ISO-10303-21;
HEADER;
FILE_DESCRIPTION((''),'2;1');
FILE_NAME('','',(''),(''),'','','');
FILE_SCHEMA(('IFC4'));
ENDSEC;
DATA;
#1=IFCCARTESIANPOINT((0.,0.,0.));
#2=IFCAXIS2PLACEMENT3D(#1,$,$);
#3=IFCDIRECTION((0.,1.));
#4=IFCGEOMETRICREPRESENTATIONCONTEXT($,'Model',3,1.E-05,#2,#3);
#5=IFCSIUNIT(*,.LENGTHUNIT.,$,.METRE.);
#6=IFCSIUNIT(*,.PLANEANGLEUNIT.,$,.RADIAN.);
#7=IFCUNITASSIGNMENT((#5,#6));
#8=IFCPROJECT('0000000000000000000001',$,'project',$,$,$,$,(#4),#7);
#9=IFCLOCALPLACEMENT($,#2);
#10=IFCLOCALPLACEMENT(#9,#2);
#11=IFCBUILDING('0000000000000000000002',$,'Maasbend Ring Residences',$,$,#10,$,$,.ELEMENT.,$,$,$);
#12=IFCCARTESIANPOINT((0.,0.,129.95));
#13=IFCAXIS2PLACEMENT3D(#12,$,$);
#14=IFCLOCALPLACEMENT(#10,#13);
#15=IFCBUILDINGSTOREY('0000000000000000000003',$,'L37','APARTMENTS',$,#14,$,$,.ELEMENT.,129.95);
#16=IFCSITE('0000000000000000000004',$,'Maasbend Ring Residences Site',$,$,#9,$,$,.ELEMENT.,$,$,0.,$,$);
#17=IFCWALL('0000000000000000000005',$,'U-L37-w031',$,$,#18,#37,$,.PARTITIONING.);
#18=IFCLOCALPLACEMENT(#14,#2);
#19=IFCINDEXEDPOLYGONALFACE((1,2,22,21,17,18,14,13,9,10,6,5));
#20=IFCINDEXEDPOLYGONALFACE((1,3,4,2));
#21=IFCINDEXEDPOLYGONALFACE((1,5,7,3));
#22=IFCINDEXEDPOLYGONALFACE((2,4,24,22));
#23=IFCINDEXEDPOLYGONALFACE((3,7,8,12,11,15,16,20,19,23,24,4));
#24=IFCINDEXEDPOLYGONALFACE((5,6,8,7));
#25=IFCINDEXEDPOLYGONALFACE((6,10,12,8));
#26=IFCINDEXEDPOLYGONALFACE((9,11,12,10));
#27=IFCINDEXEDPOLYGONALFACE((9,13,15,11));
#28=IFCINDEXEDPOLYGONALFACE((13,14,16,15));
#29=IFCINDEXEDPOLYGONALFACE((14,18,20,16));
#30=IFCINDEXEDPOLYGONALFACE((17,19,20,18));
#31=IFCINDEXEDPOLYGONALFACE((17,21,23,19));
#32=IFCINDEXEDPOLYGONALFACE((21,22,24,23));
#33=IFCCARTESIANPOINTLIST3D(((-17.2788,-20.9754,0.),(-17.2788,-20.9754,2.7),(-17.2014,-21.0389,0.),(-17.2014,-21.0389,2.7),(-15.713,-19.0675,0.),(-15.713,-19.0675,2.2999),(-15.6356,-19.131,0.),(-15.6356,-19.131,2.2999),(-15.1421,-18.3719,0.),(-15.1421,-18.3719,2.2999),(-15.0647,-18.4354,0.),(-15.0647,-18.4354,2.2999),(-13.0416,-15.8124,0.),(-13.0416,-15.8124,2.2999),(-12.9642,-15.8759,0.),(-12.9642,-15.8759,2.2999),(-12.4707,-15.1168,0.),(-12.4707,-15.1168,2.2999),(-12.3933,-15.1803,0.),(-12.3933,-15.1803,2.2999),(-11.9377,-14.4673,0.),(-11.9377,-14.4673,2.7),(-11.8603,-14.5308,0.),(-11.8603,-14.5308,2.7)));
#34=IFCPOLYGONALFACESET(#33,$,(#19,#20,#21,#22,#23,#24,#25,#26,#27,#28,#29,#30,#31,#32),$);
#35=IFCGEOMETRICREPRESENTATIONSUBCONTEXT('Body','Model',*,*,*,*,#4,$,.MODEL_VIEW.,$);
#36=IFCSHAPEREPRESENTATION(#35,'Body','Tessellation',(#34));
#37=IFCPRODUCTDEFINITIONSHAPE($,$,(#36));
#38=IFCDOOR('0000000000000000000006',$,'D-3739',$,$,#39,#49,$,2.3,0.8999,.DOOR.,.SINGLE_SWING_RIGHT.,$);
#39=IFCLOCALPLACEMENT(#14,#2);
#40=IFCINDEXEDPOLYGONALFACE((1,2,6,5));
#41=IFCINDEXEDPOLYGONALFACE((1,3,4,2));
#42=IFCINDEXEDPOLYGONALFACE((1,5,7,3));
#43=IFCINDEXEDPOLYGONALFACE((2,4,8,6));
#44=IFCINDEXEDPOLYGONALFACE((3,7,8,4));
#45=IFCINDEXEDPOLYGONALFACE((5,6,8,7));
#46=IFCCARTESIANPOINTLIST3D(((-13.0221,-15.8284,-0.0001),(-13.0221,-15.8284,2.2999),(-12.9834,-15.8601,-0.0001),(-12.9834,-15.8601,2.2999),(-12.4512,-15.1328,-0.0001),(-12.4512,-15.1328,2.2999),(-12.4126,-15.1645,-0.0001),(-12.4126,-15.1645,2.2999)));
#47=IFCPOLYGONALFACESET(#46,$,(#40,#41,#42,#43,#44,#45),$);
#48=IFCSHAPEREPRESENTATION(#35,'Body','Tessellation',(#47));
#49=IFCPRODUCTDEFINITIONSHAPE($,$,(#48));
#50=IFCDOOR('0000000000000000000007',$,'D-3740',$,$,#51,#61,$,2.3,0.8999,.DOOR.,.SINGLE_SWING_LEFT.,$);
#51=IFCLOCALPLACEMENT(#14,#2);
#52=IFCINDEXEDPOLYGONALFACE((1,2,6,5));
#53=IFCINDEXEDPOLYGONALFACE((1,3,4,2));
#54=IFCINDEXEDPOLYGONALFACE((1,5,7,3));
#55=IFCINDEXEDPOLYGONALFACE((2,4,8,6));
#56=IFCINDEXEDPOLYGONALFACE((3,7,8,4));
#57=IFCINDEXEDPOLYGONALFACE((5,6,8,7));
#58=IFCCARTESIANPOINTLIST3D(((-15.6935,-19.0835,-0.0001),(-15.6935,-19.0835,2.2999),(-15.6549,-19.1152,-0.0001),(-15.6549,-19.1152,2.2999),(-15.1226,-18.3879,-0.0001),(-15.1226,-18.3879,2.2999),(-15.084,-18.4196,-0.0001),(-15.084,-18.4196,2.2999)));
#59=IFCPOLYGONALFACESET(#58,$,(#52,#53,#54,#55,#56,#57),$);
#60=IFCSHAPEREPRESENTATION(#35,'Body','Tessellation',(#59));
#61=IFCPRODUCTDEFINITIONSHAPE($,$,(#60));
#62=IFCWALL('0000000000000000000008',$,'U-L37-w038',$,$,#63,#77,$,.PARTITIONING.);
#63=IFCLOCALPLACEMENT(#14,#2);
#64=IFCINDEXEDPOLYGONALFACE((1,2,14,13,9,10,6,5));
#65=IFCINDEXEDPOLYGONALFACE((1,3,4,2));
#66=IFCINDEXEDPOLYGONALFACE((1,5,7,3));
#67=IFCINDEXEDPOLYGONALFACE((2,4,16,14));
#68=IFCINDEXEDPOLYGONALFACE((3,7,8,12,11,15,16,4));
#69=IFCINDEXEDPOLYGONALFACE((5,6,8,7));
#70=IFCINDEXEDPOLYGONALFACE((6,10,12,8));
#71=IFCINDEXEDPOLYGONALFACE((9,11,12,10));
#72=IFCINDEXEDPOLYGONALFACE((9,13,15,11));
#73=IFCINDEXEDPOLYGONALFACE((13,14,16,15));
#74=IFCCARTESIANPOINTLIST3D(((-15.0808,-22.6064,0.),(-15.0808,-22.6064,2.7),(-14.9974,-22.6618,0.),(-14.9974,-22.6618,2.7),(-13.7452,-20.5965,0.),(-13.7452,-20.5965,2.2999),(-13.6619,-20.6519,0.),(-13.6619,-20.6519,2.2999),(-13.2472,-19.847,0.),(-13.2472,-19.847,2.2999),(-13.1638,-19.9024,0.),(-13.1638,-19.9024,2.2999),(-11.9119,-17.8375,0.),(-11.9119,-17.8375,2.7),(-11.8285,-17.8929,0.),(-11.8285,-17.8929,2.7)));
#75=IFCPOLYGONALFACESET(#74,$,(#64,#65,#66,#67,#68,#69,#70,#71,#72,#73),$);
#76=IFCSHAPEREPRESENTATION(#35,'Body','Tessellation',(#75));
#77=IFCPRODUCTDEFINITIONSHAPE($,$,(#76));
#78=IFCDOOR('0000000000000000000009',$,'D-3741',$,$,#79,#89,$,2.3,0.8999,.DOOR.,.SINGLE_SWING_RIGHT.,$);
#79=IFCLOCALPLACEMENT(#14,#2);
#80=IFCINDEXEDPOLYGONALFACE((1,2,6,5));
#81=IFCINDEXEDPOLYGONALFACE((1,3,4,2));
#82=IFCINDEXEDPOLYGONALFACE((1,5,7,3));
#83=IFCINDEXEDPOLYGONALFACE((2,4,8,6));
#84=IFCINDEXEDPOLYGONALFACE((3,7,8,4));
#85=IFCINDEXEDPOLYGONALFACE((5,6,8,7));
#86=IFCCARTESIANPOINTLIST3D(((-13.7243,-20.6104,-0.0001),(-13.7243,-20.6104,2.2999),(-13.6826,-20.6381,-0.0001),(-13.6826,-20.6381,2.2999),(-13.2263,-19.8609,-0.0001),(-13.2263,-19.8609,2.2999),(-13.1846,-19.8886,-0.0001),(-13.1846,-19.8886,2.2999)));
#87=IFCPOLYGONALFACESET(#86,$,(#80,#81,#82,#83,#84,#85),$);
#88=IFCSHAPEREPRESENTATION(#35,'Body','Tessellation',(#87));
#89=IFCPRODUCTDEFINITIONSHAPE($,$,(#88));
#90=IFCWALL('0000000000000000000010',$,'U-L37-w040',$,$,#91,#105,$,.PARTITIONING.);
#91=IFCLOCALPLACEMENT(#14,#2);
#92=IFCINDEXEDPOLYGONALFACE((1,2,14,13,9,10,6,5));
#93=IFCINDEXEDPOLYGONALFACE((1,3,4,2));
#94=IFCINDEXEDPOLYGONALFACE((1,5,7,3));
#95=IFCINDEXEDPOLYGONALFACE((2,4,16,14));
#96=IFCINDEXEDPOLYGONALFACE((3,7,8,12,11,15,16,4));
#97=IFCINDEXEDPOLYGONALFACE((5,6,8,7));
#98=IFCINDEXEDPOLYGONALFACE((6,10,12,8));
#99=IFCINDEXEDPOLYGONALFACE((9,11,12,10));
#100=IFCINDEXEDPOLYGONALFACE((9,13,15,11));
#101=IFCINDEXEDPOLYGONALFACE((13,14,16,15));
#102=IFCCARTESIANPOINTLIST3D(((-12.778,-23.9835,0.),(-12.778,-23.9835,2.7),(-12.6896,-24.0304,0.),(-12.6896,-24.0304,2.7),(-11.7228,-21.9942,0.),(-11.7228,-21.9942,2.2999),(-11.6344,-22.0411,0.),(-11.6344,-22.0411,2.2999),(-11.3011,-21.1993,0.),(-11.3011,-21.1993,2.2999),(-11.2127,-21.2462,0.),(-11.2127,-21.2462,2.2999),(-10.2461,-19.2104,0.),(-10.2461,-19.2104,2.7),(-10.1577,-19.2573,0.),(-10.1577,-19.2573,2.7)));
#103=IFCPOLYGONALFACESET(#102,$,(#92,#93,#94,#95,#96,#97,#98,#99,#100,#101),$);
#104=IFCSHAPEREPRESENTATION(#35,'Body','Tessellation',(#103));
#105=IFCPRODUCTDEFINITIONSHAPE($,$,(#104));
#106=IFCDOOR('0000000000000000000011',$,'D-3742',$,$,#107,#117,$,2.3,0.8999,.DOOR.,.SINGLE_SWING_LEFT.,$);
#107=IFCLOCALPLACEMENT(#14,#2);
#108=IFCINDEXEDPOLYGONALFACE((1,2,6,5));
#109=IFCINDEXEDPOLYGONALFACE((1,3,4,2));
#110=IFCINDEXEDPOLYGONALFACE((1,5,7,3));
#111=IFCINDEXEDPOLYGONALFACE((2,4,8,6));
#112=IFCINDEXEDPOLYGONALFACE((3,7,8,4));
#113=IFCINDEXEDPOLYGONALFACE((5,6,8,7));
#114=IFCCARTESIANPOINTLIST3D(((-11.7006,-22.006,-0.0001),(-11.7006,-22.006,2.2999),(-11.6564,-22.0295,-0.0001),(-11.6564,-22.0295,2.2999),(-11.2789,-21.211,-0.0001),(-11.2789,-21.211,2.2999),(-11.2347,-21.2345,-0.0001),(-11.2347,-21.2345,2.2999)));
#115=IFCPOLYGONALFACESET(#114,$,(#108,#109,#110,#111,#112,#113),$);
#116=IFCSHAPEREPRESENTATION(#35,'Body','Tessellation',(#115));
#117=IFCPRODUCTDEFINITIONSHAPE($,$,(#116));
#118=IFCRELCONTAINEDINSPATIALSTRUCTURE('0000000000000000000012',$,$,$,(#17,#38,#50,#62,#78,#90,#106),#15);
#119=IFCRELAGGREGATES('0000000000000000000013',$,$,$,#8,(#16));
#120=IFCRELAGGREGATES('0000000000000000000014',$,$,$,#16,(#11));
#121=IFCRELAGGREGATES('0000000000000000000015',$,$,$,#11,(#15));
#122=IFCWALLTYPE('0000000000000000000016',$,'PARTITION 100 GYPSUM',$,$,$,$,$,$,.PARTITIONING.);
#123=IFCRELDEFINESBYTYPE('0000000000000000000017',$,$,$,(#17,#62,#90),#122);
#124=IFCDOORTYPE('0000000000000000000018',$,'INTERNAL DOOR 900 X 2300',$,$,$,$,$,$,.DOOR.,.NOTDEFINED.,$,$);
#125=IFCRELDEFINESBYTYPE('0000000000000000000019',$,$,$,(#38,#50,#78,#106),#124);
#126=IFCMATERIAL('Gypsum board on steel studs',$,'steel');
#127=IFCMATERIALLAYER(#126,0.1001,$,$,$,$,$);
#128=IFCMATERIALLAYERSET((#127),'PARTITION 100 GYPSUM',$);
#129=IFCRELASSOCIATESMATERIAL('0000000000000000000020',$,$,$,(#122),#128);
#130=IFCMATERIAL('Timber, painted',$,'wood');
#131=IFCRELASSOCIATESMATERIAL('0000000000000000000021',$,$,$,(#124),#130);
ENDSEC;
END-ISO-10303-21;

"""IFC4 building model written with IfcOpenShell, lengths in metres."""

from ifc_helpers import new_model, si_unit, direction, frame, frame_2d, origin, place, context, subcontext, project, spatial, rectangle, extrude, material, layer, layer_set, type_object, element, fill, save


model = new_model("IFC4")

# Units and contexts
model_context = context("Model", 3, precision=1e-05, world=origin(), true_north=direction((0.0, 1.0)))
body_context = subcontext(model_context, "Body", "Model", "MODEL_VIEW")
ifc_project = project(units=[si_unit("LENGTHUNIT", "METRE"), si_unit("PLANEANGLEUNIT", "RADIAN")], contexts=[model_context])

# Site, building, storey
site_placement = place(None, origin())
site = spatial("IfcSite", under=ifc_project, at=site_placement, Name="Maasbend Ring Residences Site", CompositionType="ELEMENT", RefElevation=0.0)
building_placement = place(site_placement, origin())
building = spatial("IfcBuilding", under=site, at=building_placement, Name="Maasbend Ring Residences", CompositionType="ELEMENT")
storey_placement = place(building_placement, frame((0.0, 0.0, 129.95)))
storey = spatial("IfcBuildingStorey", under=building, at=storey_placement, Name="L37", Description="APARTMENTS", CompositionType="ELEMENT", Elevation=129.95)

# Wall, openings, doors
ifc_material_1 = material(Name="Gypsum board on steel studs", Category="steel")
ifc_layer_1 = layer(ifc_material_1, 0.1001)
ifc_layer_set_1 = layer_set([ifc_layer_1], Name="PARTITION 100 GYPSUM")
wall_type_1 = type_object("IfcWallType", Name="PARTITION 100 GYPSUM", PredefinedType="PARTITIONING", material=ifc_layer_set_1)
wall_1_placement = place(storey_placement, frame((-17.24, -21.0071, 0.0), z_axis=(0.0, 0.0, 1.0), x_axis=(0.634396, 0.773008, 0.0)))
wall_1 = element("IfcWall", 1, at=wall_1_placement, inside=storey, type_object=wall_type_1, Name="U-L37-w031", PredefinedType="PARTITIONING", context=body_context, shape_type="SweptSolid", body=[
    extrude(rectangle(XDim=8.4192, YDim=0.1001, at=frame_2d((4.2095, 0.0))), origin(), (0.0, 0.0, 1.0), 2.7),
])
opening_1_placement = place(wall_1_placement, frame((6.679, 0.0, 0.0)))
opening_1 = element("IfcOpeningElement", 2, at=opening_1_placement, cuts=wall_1, PredefinedType="OPENING", context=body_context, shape_type="SweptSolid", body=[
    extrude(rectangle(XDim=0.8999, YDim=2.3, at=frame_2d((0.45, 1.1499))), frame((0.0, 0.0601, 0.0), z_axis=(0.0, -1.0, 0.0), x_axis=(1.0, 0.0, 0.0)), (0.0, 0.0, 1.0), 0.1201),
])
opening_2_placement = place(wall_1_placement, frame((2.468, 0.0, 0.0)))
opening_2 = element("IfcOpeningElement", 3, at=opening_2_placement, cuts=wall_1, PredefinedType="OPENING", context=body_context, shape_type="SweptSolid", body=[
    extrude(rectangle(XDim=0.8999, YDim=2.3, at=frame_2d((0.45, 1.1499))), frame((0.0, 0.0601, 0.0), z_axis=(0.0, -1.0, 0.0), x_axis=(1.0, 0.0, 0.0)), (0.0, 0.0, 1.0), 0.1201),
])
ifc_material_2 = material(Name="Timber, painted", Category="wood")
door_type_1 = type_object("IfcDoorType", Name="INTERNAL DOOR 900 X 2300", OperationType="NOTDEFINED", PredefinedType="DOOR", material=ifc_material_2)
door_1_placement = place(opening_1_placement, origin())
door_1 = element("IfcDoor", 4, at=door_1_placement, inside=storey, type_object=door_type_1, Name="D-3739", OperationType="SINGLE_SWING_RIGHT", OverallHeight=2.3, OverallWidth=0.8999, PredefinedType="DOOR", context=body_context, shape_type="SweptSolid", body=[
    extrude(rectangle(XDim=0.8999, YDim=2.3, at=frame_2d((0.45, 1.1499))), frame((0.0, 0.0249, 0.0), z_axis=(0.0, -1.0, 0.0), x_axis=(1.0, 0.0, 0.0)), (0.0, 0.0, 1.0), 0.05),
])
fill(opening_1, door_1)
door_2_placement = place(opening_2_placement, origin())
door_2 = element("IfcDoor", 5, at=door_2_placement, inside=storey, type_object=door_type_1, Name="D-3740", OperationType="SINGLE_SWING_LEFT", OverallHeight=2.3, OverallWidth=0.8999, PredefinedType="DOOR", context=body_context, shape_type="SweptSolid", body=[
    extrude(rectangle(XDim=0.8999, YDim=2.3, at=frame_2d((0.45, 1.1499))), frame((0.0, 0.0249, 0.0), z_axis=(0.0, -1.0, 0.0), x_axis=(1.0, 0.0, 0.0)), (0.0, 0.0, 1.0), 0.05),
])
fill(opening_2, door_2)

# Walls, openings, doors
wall_2_placement = place(storey_placement, frame((-15.0391, -22.634, 0.0), z_axis=(0.0, 0.0, 1.0), x_axis=(0.55344, 0.832889, 0.0)))
wall_2 = element("IfcWall", 6, at=wall_2_placement, inside=storey, type_object=wall_type_1, Name="U-L37-w038", PredefinedType="PARTITIONING", context=body_context, shape_type="SweptSolid", body=[
    extrude(rectangle(XDim=5.7258, YDim=0.1001, at=frame_2d((2.8628, 0.0))), origin(), (0.0, 0.0, 1.0), 2.7),
])
opening_3_placement = place(wall_2_placement, frame((2.4131, 0.0, 0.0)))
opening_3 = element("IfcOpeningElement", 7, at=opening_3_placement, cuts=wall_2, PredefinedType="OPENING", context=body_context, shape_type="SweptSolid", body=[
    extrude(rectangle(XDim=0.8999, YDim=2.3, at=frame_2d((0.45, 1.1499))), frame((0.0, 0.0601, 0.0), z_axis=(0.0, -1.0, 0.0), x_axis=(1.0, 0.0, 0.0)), (0.0, 0.0, 1.0), 0.1201),
])
door_3_placement = place(opening_3_placement, origin())
door_3 = element("IfcDoor", 8, at=door_3_placement, inside=storey, type_object=door_type_1, Name="D-3741", OperationType="SINGLE_SWING_RIGHT", OverallHeight=2.3, OverallWidth=0.8999, PredefinedType="DOOR", context=body_context, shape_type="SweptSolid", body=[
    extrude(rectangle(XDim=0.8999, YDim=2.3, at=frame_2d((0.45, 1.1499))), frame((0.0, 0.0249, 0.0), z_axis=(0.0, -1.0, 0.0), x_axis=(1.0, 0.0, 0.0)), (0.0, 0.0, 1.0), 0.05),
])
fill(opening_3, door_3)
wall_3_placement = place(storey_placement, frame((-12.7339, -24.0071, 0.0), z_axis=(0.0, 0.0, 1.0), x_axis=(0.46861, 0.883405, 0.0)))
wall_3 = element("IfcWall", 9, at=wall_3_placement, inside=storey, type_object=wall_type_1, Name="U-L37-w040", PredefinedType="PARTITIONING", context=body_context, shape_type="SweptSolid", body=[
    extrude(rectangle(XDim=5.4031, YDim=0.1001, at=frame_2d((2.7017, 0.0))), origin(), (0.0, 0.0, 1.0), 2.7),
])
opening_4_placement = place(wall_3_placement, frame((2.252, 0.0, 0.0)))
opening_4 = element("IfcOpeningElement", 10, at=opening_4_placement, cuts=wall_3, PredefinedType="OPENING", context=body_context, shape_type="SweptSolid", body=[
    extrude(rectangle(XDim=0.8999, YDim=2.3, at=frame_2d((0.45, 1.1499))), frame((0.0, 0.0601, 0.0), z_axis=(0.0, -1.0, 0.0), x_axis=(1.0, 0.0, 0.0)), (0.0, 0.0, 1.0), 0.1201),
])
door_4_placement = place(opening_4_placement, origin())
door_4 = element("IfcDoor", 11, at=door_4_placement, inside=storey, type_object=door_type_1, Name="D-3742", OperationType="SINGLE_SWING_LEFT", OverallHeight=2.3, OverallWidth=0.8999, PredefinedType="DOOR", context=body_context, shape_type="SweptSolid", body=[
    extrude(rectangle(XDim=0.8999, YDim=2.3, at=frame_2d((0.45, 1.1499))), frame((0.0, 0.0249, 0.0), z_axis=(0.0, -1.0, 0.0), x_axis=(1.0, 0.0, 0.0)), (0.0, 0.0, 1.0), 0.05),
])
fill(opening_4, door_4)

save(model, "model.ifc")
